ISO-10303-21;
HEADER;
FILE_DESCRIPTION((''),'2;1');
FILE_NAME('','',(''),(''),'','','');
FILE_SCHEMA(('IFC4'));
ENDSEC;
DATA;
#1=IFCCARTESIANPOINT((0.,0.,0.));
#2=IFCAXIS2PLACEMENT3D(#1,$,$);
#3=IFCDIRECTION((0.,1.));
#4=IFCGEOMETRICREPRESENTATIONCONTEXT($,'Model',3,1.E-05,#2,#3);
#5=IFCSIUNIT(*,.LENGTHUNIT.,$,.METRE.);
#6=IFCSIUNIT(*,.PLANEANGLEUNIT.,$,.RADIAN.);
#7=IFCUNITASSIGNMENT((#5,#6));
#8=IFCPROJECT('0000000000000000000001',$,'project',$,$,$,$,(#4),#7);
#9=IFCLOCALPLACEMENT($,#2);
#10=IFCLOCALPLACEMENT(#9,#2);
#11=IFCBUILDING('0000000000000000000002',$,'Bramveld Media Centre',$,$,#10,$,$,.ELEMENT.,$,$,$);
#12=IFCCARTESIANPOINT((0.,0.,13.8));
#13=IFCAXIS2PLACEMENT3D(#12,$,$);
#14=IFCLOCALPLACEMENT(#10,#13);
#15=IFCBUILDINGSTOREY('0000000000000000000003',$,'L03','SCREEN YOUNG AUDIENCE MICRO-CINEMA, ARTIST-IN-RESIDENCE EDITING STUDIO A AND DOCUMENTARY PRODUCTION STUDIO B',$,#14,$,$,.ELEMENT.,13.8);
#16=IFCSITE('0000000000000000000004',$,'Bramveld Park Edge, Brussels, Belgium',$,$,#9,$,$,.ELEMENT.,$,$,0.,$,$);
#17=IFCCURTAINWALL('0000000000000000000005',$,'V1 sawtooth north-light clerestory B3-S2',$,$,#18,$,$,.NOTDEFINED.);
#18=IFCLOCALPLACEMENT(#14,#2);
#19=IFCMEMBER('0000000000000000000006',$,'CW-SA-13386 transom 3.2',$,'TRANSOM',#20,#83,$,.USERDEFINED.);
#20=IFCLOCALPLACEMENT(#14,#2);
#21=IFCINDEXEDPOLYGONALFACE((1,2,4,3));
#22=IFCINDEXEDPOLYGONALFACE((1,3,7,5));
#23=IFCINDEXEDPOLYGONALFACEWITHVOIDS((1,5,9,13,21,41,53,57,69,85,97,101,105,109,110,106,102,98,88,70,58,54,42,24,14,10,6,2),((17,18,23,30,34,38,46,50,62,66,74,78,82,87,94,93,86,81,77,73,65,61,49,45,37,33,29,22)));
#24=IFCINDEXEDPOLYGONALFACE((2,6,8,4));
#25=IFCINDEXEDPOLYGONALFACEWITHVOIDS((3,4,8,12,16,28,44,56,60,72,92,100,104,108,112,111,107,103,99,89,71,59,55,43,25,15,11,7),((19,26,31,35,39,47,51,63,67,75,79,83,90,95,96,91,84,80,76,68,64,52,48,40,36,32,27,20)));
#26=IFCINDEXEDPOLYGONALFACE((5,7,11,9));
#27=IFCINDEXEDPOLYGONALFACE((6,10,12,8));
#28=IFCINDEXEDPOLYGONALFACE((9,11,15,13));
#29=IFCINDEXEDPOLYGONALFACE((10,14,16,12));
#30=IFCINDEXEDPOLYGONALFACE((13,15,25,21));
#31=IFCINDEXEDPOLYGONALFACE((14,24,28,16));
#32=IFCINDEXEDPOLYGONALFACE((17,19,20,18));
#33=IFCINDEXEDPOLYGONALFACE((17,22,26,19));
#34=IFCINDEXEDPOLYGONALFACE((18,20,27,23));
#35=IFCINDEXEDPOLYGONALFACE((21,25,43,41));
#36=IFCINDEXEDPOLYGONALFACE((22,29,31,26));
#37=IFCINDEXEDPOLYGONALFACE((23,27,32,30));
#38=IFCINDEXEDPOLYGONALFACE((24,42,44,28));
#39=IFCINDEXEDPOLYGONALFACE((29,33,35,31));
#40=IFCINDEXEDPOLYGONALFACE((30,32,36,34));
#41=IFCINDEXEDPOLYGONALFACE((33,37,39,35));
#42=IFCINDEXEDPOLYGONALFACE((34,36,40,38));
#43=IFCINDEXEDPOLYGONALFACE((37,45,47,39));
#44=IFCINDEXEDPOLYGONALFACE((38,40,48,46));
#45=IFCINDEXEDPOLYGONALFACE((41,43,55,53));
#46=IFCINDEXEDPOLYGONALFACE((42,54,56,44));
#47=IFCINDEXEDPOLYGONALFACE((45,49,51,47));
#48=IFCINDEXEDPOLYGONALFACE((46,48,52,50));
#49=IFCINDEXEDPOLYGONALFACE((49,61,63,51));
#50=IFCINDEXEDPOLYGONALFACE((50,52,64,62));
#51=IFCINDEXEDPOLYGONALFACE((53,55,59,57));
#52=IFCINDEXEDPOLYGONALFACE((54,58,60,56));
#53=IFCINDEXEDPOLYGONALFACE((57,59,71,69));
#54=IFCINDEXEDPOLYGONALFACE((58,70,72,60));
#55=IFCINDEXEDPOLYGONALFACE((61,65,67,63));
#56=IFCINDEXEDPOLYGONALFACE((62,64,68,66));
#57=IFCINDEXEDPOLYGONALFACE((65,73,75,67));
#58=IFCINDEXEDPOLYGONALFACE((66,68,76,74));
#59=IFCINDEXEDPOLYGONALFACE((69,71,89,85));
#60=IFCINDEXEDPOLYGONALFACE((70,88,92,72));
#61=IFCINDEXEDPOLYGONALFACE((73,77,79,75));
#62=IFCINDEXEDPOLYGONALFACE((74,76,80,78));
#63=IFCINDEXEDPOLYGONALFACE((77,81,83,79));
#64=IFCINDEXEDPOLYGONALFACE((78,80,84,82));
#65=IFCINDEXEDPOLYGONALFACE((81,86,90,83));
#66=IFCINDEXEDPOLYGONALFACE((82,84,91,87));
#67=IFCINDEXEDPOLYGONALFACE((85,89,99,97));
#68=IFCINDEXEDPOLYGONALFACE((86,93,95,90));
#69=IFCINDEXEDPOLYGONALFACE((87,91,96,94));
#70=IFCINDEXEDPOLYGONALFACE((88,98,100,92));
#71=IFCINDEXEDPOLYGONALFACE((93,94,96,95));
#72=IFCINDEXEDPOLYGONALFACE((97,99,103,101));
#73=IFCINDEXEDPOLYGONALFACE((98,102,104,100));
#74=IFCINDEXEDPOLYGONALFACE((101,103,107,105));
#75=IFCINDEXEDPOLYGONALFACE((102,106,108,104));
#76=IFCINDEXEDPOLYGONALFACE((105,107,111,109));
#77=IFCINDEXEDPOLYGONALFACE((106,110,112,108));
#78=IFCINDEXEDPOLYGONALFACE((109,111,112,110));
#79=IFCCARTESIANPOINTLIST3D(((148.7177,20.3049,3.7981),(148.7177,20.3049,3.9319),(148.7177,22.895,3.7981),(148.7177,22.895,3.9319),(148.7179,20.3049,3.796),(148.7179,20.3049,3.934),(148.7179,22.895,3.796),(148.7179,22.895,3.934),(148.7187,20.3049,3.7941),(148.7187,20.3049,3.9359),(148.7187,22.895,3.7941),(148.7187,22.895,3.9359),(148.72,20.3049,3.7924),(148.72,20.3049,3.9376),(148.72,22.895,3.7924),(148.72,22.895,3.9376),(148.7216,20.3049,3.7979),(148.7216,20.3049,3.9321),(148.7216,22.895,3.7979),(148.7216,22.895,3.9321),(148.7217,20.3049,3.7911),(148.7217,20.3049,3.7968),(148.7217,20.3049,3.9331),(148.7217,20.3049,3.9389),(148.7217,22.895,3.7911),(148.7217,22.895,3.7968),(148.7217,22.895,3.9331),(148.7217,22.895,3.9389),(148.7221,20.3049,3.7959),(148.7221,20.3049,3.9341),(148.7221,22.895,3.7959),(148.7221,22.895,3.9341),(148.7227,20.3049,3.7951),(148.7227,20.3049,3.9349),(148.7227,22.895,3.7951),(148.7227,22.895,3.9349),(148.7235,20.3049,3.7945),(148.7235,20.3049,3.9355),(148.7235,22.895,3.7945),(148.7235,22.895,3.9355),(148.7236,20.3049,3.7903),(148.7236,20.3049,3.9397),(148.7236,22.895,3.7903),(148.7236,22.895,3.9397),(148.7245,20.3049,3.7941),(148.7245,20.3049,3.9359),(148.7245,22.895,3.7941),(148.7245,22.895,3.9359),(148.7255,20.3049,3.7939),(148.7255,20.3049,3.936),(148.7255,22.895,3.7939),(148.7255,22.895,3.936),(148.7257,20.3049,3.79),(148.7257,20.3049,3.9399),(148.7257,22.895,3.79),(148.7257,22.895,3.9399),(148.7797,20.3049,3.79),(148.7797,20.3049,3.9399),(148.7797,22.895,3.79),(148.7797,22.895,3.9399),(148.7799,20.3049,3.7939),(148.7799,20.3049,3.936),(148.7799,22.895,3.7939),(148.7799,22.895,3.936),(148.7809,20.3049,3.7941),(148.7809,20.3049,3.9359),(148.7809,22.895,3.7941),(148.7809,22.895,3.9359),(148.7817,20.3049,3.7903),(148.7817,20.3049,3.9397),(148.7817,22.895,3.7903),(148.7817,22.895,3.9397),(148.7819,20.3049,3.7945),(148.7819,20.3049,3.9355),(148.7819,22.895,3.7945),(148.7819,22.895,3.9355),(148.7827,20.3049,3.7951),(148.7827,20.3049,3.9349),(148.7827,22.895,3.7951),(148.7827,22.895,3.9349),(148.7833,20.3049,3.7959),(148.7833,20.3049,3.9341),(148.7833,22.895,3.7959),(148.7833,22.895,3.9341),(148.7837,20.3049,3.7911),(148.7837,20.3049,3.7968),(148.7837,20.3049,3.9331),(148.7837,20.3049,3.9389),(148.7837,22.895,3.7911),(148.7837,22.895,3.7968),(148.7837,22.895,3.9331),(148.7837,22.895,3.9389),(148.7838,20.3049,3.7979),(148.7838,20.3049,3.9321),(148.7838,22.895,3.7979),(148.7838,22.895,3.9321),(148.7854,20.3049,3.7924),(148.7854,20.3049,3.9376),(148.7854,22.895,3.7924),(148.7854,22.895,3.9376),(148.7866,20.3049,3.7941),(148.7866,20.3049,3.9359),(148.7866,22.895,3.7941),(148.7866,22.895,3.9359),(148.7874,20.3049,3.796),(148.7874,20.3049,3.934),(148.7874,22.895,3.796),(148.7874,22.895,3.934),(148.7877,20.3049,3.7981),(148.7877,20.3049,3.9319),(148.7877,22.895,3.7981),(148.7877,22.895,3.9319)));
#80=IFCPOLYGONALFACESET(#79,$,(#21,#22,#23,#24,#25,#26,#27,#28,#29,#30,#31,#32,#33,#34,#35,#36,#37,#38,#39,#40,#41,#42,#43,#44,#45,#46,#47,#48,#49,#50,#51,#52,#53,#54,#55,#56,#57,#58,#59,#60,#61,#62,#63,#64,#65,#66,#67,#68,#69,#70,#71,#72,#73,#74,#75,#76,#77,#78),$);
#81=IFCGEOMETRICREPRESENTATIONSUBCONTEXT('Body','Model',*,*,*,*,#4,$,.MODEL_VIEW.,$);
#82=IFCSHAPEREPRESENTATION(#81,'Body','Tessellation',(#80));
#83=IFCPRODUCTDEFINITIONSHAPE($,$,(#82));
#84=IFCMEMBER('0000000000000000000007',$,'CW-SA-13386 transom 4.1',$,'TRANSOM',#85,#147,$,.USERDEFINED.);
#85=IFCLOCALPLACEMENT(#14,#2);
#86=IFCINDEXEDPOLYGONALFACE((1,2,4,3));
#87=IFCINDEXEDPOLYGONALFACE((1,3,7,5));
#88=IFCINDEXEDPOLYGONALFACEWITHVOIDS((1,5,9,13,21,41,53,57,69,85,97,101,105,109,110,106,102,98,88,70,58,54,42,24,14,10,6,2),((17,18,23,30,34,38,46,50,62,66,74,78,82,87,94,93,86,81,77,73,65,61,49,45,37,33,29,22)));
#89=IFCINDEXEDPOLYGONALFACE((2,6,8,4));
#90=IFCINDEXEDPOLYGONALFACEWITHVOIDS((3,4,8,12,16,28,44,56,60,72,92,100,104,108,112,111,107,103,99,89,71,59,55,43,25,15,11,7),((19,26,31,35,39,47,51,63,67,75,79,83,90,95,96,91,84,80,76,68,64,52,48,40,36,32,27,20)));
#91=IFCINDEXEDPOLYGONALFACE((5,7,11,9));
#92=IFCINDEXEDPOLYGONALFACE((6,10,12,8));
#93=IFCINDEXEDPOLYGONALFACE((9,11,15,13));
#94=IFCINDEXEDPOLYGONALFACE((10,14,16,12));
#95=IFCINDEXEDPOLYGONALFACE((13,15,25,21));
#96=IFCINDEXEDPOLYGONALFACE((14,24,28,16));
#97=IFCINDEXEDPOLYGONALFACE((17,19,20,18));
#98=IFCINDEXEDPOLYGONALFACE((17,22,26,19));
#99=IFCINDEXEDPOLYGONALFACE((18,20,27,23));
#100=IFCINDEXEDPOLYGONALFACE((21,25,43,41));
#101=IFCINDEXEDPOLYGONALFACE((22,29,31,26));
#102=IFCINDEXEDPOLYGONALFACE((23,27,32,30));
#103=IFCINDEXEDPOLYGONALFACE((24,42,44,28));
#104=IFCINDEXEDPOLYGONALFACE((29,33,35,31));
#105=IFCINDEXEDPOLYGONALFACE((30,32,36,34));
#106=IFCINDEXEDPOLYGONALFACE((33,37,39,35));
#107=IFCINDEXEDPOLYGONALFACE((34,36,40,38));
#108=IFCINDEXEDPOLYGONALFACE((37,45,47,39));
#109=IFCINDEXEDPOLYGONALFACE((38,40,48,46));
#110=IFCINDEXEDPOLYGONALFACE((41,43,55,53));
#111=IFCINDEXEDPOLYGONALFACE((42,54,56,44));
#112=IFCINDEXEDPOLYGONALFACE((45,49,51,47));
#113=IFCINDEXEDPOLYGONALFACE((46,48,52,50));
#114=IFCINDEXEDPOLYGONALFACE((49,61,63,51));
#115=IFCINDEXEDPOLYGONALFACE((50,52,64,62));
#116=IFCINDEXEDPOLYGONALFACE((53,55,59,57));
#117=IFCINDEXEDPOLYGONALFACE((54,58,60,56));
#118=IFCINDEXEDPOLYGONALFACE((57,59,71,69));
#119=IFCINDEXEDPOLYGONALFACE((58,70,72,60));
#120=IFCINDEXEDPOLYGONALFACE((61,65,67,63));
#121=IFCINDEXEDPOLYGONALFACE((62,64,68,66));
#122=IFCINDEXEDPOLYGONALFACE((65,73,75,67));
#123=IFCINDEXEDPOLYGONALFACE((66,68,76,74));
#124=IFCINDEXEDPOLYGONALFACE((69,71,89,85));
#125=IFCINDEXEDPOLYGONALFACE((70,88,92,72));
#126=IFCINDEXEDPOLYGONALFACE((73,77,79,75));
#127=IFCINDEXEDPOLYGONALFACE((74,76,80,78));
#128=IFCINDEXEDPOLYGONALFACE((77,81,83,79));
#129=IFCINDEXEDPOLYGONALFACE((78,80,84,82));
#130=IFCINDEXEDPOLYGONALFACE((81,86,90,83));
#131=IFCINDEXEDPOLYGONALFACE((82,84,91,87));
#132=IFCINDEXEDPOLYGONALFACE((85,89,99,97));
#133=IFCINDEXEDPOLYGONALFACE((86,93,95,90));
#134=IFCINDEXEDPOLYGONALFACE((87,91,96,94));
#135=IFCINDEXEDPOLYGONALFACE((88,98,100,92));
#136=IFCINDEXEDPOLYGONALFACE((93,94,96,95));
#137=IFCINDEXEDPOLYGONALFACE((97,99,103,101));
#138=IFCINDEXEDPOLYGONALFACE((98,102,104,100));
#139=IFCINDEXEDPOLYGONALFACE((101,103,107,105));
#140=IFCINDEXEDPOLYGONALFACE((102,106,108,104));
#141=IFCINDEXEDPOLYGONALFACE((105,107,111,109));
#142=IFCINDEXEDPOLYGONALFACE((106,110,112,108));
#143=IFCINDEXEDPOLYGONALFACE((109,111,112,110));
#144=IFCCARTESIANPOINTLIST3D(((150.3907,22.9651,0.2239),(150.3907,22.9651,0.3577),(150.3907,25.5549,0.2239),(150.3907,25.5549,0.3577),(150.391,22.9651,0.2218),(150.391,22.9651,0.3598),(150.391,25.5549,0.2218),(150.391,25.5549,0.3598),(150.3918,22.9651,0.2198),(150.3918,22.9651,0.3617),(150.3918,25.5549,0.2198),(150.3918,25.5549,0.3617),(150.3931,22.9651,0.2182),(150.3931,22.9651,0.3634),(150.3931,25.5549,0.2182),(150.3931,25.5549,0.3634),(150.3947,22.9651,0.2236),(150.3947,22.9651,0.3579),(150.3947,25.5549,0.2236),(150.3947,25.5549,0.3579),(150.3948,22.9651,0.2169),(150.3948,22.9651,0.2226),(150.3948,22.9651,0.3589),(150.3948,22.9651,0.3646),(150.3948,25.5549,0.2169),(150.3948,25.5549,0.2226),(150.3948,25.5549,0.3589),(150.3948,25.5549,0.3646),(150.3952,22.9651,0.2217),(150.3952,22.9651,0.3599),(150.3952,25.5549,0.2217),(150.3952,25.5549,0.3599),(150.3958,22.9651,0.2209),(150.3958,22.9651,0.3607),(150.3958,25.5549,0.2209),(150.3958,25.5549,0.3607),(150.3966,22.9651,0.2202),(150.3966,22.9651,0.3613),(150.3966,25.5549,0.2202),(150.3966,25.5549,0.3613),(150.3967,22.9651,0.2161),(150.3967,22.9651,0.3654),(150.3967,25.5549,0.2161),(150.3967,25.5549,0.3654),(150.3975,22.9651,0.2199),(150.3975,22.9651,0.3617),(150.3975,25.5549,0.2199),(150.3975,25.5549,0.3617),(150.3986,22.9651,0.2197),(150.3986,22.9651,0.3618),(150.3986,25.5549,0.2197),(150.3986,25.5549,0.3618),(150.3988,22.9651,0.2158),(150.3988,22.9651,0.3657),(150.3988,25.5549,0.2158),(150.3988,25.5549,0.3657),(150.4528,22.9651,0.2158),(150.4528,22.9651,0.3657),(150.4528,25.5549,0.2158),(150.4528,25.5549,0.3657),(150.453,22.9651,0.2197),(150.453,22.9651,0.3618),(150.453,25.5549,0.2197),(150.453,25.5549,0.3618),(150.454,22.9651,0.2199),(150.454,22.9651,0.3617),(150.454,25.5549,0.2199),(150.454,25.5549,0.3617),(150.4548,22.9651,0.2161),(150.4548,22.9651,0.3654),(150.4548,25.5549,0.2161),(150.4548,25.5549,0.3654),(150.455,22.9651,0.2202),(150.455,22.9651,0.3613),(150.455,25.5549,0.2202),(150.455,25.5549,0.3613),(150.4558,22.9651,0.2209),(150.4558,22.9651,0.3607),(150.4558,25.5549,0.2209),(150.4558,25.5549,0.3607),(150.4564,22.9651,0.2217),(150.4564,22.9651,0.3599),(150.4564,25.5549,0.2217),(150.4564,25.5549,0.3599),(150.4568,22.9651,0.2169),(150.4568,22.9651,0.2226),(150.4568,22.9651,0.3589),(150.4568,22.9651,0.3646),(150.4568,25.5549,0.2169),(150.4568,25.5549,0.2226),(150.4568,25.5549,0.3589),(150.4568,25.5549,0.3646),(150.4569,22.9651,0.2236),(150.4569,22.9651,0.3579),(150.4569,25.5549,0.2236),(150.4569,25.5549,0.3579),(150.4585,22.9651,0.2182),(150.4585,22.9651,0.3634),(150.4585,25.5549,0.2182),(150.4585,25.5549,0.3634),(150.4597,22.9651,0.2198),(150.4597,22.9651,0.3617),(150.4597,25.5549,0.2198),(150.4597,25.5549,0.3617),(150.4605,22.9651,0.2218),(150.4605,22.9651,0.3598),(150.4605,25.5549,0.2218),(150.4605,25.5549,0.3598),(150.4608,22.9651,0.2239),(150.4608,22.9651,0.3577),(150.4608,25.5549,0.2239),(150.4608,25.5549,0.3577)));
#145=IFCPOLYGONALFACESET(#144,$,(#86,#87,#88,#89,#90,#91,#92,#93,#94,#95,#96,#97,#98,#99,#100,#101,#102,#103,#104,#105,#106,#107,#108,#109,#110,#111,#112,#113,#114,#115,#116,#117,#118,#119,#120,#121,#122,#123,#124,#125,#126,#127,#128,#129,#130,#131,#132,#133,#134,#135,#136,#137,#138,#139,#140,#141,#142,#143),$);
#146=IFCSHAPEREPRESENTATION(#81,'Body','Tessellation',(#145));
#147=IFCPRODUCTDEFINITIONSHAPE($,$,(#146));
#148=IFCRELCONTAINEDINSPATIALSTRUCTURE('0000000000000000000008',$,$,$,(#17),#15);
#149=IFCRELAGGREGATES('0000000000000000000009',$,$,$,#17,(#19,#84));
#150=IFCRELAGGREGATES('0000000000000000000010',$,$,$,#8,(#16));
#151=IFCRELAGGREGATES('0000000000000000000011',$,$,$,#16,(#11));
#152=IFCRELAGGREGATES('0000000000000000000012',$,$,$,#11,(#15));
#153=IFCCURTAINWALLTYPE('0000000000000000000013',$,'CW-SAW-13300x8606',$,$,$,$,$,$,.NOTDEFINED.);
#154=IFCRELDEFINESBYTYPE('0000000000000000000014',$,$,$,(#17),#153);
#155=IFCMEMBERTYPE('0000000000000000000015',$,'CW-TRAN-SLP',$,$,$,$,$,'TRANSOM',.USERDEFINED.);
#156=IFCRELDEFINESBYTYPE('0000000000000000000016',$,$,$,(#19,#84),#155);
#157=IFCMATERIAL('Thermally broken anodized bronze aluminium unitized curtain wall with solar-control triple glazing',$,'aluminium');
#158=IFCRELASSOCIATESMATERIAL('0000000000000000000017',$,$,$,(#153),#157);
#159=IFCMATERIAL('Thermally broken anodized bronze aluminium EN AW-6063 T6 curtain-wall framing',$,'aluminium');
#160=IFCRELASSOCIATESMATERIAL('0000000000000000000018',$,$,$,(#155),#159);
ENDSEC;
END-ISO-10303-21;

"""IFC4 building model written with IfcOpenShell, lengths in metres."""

from ifc_helpers import new_model, si_unit, direction, frame, origin, origin_2d, place, context, subcontext, project, spatial, hollow_rectangle, extrude, material, material_profile, profile_set, type_object, element, aggregate, save


model = new_model("IFC4")

# Units and contexts
model_context = context("Model", 3, precision=1e-05, world=origin(), true_north=direction((0.0, 1.0)))
body_context = subcontext(model_context, "Body", "Model", "MODEL_VIEW")
ifc_project = project(units=[si_unit("LENGTHUNIT", "METRE"), si_unit("PLANEANGLEUNIT", "RADIAN")], contexts=[model_context])

# Site, building, storey
site_placement = place(None, origin())
site = spatial("IfcSite", under=ifc_project, at=site_placement, Name="Bramveld Park Edge, Brussels, Belgium", CompositionType="ELEMENT", RefElevation=0.0)
building_placement = place(site_placement, origin())
building = spatial("IfcBuilding", under=site, at=building_placement, Name="Bramveld Media Centre", CompositionType="ELEMENT")
storey_placement = place(building_placement, frame((0.0, 0.0, 13.8)))
storey = spatial("IfcBuildingStorey", under=building, at=storey_placement, Name="L03", Description="SCREEN YOUNG AUDIENCE MICRO-CINEMA, ARTIST-IN-RESIDENCE EDITING STUDIO A AND DOCUMENTARY PRODUCTION STUDIO B", CompositionType="ELEMENT", Elevation=13.8)

# Curtain wall, members
ifc_material_1 = material(Name="Thermally broken anodized bronze aluminium unitized curtain wall with solar-control triple glazing", Category="aluminium")
curtain_wall_type = type_object("IfcCurtainWallType", Name="CW-SAW-13300x8606", PredefinedType="NOTDEFINED", material=ifc_material_1)
curtain_wall_1_placement = place(storey_placement, origin())
curtain_wall_1 = element("IfcCurtainWall", 1, at=curtain_wall_1_placement, inside=storey, type_object=curtain_wall_type, Name="V1 sawtooth north-light clerestory B3-S2", PredefinedType="NOTDEFINED")
ifc_material_2 = material(Name="Thermally broken anodized bronze aluminium EN AW-6063 T6 curtain-wall framing", Category="aluminium")
ifc_material_profile_1 = material_profile(ifc_material_2, hollow_rectangle(XDim=0.0701, YDim=0.1499, WallThickness=0.0039, InnerFilletRadius=0.0039, OuterFilletRadius=0.0081, at=origin_2d()), Name="AL-TRAN 70x150")
ifc_profile_set_1 = profile_set([ifc_material_profile_1], Name="Thermally broken anodized bronze aluminium EN AW-6063 T6 curtain-wall framing")
member_type_1 = type_object("IfcMemberType", Name="CW-TRAN-SLP", ElementType="TRANSOM", PredefinedType="USERDEFINED", material=ifc_profile_set_1)
member_1_placement = place(storey_placement, frame((148.7527, 20.3049, 3.865), z_axis=(0.0, 1.0, 0.0), x_axis=(-1.0, 0.0, 0.0)))
member_1 = element("IfcMember", 2, at=member_1_placement, type_object=member_type_1, Name="CW-SA-13386 transom 3.2", ObjectType="TRANSOM", PredefinedType="USERDEFINED", context=body_context, shape_type="SweptSolid", body=[
    extrude(hollow_rectangle(XDim=0.0701, YDim=0.1499, WallThickness=0.0039, InnerFilletRadius=0.0039, OuterFilletRadius=0.0081, at=origin_2d()), origin(), (0.0, 0.0, 1.0), 2.5901),
])
member_2_placement = place(storey_placement, frame((150.4258, 22.9651, 0.2908), z_axis=(0.0, 1.0, 0.0), x_axis=(-1.0, 0.0, 0.0)))
member_2 = element("IfcMember", 3, at=member_2_placement, type_object=member_type_1, Name="CW-SA-13386 transom 4.1", ObjectType="TRANSOM", PredefinedType="USERDEFINED", context=body_context, shape_type="SweptSolid", body=[
    extrude(hollow_rectangle(XDim=0.0701, YDim=0.1499, WallThickness=0.0039, InnerFilletRadius=0.0039, OuterFilletRadius=0.0081, at=origin_2d()), origin(), (0.0, 0.0, 1.0), 2.5898),
])

aggregate(curtain_wall_1, [member_1, member_2])

save(model, "model.ifc")
